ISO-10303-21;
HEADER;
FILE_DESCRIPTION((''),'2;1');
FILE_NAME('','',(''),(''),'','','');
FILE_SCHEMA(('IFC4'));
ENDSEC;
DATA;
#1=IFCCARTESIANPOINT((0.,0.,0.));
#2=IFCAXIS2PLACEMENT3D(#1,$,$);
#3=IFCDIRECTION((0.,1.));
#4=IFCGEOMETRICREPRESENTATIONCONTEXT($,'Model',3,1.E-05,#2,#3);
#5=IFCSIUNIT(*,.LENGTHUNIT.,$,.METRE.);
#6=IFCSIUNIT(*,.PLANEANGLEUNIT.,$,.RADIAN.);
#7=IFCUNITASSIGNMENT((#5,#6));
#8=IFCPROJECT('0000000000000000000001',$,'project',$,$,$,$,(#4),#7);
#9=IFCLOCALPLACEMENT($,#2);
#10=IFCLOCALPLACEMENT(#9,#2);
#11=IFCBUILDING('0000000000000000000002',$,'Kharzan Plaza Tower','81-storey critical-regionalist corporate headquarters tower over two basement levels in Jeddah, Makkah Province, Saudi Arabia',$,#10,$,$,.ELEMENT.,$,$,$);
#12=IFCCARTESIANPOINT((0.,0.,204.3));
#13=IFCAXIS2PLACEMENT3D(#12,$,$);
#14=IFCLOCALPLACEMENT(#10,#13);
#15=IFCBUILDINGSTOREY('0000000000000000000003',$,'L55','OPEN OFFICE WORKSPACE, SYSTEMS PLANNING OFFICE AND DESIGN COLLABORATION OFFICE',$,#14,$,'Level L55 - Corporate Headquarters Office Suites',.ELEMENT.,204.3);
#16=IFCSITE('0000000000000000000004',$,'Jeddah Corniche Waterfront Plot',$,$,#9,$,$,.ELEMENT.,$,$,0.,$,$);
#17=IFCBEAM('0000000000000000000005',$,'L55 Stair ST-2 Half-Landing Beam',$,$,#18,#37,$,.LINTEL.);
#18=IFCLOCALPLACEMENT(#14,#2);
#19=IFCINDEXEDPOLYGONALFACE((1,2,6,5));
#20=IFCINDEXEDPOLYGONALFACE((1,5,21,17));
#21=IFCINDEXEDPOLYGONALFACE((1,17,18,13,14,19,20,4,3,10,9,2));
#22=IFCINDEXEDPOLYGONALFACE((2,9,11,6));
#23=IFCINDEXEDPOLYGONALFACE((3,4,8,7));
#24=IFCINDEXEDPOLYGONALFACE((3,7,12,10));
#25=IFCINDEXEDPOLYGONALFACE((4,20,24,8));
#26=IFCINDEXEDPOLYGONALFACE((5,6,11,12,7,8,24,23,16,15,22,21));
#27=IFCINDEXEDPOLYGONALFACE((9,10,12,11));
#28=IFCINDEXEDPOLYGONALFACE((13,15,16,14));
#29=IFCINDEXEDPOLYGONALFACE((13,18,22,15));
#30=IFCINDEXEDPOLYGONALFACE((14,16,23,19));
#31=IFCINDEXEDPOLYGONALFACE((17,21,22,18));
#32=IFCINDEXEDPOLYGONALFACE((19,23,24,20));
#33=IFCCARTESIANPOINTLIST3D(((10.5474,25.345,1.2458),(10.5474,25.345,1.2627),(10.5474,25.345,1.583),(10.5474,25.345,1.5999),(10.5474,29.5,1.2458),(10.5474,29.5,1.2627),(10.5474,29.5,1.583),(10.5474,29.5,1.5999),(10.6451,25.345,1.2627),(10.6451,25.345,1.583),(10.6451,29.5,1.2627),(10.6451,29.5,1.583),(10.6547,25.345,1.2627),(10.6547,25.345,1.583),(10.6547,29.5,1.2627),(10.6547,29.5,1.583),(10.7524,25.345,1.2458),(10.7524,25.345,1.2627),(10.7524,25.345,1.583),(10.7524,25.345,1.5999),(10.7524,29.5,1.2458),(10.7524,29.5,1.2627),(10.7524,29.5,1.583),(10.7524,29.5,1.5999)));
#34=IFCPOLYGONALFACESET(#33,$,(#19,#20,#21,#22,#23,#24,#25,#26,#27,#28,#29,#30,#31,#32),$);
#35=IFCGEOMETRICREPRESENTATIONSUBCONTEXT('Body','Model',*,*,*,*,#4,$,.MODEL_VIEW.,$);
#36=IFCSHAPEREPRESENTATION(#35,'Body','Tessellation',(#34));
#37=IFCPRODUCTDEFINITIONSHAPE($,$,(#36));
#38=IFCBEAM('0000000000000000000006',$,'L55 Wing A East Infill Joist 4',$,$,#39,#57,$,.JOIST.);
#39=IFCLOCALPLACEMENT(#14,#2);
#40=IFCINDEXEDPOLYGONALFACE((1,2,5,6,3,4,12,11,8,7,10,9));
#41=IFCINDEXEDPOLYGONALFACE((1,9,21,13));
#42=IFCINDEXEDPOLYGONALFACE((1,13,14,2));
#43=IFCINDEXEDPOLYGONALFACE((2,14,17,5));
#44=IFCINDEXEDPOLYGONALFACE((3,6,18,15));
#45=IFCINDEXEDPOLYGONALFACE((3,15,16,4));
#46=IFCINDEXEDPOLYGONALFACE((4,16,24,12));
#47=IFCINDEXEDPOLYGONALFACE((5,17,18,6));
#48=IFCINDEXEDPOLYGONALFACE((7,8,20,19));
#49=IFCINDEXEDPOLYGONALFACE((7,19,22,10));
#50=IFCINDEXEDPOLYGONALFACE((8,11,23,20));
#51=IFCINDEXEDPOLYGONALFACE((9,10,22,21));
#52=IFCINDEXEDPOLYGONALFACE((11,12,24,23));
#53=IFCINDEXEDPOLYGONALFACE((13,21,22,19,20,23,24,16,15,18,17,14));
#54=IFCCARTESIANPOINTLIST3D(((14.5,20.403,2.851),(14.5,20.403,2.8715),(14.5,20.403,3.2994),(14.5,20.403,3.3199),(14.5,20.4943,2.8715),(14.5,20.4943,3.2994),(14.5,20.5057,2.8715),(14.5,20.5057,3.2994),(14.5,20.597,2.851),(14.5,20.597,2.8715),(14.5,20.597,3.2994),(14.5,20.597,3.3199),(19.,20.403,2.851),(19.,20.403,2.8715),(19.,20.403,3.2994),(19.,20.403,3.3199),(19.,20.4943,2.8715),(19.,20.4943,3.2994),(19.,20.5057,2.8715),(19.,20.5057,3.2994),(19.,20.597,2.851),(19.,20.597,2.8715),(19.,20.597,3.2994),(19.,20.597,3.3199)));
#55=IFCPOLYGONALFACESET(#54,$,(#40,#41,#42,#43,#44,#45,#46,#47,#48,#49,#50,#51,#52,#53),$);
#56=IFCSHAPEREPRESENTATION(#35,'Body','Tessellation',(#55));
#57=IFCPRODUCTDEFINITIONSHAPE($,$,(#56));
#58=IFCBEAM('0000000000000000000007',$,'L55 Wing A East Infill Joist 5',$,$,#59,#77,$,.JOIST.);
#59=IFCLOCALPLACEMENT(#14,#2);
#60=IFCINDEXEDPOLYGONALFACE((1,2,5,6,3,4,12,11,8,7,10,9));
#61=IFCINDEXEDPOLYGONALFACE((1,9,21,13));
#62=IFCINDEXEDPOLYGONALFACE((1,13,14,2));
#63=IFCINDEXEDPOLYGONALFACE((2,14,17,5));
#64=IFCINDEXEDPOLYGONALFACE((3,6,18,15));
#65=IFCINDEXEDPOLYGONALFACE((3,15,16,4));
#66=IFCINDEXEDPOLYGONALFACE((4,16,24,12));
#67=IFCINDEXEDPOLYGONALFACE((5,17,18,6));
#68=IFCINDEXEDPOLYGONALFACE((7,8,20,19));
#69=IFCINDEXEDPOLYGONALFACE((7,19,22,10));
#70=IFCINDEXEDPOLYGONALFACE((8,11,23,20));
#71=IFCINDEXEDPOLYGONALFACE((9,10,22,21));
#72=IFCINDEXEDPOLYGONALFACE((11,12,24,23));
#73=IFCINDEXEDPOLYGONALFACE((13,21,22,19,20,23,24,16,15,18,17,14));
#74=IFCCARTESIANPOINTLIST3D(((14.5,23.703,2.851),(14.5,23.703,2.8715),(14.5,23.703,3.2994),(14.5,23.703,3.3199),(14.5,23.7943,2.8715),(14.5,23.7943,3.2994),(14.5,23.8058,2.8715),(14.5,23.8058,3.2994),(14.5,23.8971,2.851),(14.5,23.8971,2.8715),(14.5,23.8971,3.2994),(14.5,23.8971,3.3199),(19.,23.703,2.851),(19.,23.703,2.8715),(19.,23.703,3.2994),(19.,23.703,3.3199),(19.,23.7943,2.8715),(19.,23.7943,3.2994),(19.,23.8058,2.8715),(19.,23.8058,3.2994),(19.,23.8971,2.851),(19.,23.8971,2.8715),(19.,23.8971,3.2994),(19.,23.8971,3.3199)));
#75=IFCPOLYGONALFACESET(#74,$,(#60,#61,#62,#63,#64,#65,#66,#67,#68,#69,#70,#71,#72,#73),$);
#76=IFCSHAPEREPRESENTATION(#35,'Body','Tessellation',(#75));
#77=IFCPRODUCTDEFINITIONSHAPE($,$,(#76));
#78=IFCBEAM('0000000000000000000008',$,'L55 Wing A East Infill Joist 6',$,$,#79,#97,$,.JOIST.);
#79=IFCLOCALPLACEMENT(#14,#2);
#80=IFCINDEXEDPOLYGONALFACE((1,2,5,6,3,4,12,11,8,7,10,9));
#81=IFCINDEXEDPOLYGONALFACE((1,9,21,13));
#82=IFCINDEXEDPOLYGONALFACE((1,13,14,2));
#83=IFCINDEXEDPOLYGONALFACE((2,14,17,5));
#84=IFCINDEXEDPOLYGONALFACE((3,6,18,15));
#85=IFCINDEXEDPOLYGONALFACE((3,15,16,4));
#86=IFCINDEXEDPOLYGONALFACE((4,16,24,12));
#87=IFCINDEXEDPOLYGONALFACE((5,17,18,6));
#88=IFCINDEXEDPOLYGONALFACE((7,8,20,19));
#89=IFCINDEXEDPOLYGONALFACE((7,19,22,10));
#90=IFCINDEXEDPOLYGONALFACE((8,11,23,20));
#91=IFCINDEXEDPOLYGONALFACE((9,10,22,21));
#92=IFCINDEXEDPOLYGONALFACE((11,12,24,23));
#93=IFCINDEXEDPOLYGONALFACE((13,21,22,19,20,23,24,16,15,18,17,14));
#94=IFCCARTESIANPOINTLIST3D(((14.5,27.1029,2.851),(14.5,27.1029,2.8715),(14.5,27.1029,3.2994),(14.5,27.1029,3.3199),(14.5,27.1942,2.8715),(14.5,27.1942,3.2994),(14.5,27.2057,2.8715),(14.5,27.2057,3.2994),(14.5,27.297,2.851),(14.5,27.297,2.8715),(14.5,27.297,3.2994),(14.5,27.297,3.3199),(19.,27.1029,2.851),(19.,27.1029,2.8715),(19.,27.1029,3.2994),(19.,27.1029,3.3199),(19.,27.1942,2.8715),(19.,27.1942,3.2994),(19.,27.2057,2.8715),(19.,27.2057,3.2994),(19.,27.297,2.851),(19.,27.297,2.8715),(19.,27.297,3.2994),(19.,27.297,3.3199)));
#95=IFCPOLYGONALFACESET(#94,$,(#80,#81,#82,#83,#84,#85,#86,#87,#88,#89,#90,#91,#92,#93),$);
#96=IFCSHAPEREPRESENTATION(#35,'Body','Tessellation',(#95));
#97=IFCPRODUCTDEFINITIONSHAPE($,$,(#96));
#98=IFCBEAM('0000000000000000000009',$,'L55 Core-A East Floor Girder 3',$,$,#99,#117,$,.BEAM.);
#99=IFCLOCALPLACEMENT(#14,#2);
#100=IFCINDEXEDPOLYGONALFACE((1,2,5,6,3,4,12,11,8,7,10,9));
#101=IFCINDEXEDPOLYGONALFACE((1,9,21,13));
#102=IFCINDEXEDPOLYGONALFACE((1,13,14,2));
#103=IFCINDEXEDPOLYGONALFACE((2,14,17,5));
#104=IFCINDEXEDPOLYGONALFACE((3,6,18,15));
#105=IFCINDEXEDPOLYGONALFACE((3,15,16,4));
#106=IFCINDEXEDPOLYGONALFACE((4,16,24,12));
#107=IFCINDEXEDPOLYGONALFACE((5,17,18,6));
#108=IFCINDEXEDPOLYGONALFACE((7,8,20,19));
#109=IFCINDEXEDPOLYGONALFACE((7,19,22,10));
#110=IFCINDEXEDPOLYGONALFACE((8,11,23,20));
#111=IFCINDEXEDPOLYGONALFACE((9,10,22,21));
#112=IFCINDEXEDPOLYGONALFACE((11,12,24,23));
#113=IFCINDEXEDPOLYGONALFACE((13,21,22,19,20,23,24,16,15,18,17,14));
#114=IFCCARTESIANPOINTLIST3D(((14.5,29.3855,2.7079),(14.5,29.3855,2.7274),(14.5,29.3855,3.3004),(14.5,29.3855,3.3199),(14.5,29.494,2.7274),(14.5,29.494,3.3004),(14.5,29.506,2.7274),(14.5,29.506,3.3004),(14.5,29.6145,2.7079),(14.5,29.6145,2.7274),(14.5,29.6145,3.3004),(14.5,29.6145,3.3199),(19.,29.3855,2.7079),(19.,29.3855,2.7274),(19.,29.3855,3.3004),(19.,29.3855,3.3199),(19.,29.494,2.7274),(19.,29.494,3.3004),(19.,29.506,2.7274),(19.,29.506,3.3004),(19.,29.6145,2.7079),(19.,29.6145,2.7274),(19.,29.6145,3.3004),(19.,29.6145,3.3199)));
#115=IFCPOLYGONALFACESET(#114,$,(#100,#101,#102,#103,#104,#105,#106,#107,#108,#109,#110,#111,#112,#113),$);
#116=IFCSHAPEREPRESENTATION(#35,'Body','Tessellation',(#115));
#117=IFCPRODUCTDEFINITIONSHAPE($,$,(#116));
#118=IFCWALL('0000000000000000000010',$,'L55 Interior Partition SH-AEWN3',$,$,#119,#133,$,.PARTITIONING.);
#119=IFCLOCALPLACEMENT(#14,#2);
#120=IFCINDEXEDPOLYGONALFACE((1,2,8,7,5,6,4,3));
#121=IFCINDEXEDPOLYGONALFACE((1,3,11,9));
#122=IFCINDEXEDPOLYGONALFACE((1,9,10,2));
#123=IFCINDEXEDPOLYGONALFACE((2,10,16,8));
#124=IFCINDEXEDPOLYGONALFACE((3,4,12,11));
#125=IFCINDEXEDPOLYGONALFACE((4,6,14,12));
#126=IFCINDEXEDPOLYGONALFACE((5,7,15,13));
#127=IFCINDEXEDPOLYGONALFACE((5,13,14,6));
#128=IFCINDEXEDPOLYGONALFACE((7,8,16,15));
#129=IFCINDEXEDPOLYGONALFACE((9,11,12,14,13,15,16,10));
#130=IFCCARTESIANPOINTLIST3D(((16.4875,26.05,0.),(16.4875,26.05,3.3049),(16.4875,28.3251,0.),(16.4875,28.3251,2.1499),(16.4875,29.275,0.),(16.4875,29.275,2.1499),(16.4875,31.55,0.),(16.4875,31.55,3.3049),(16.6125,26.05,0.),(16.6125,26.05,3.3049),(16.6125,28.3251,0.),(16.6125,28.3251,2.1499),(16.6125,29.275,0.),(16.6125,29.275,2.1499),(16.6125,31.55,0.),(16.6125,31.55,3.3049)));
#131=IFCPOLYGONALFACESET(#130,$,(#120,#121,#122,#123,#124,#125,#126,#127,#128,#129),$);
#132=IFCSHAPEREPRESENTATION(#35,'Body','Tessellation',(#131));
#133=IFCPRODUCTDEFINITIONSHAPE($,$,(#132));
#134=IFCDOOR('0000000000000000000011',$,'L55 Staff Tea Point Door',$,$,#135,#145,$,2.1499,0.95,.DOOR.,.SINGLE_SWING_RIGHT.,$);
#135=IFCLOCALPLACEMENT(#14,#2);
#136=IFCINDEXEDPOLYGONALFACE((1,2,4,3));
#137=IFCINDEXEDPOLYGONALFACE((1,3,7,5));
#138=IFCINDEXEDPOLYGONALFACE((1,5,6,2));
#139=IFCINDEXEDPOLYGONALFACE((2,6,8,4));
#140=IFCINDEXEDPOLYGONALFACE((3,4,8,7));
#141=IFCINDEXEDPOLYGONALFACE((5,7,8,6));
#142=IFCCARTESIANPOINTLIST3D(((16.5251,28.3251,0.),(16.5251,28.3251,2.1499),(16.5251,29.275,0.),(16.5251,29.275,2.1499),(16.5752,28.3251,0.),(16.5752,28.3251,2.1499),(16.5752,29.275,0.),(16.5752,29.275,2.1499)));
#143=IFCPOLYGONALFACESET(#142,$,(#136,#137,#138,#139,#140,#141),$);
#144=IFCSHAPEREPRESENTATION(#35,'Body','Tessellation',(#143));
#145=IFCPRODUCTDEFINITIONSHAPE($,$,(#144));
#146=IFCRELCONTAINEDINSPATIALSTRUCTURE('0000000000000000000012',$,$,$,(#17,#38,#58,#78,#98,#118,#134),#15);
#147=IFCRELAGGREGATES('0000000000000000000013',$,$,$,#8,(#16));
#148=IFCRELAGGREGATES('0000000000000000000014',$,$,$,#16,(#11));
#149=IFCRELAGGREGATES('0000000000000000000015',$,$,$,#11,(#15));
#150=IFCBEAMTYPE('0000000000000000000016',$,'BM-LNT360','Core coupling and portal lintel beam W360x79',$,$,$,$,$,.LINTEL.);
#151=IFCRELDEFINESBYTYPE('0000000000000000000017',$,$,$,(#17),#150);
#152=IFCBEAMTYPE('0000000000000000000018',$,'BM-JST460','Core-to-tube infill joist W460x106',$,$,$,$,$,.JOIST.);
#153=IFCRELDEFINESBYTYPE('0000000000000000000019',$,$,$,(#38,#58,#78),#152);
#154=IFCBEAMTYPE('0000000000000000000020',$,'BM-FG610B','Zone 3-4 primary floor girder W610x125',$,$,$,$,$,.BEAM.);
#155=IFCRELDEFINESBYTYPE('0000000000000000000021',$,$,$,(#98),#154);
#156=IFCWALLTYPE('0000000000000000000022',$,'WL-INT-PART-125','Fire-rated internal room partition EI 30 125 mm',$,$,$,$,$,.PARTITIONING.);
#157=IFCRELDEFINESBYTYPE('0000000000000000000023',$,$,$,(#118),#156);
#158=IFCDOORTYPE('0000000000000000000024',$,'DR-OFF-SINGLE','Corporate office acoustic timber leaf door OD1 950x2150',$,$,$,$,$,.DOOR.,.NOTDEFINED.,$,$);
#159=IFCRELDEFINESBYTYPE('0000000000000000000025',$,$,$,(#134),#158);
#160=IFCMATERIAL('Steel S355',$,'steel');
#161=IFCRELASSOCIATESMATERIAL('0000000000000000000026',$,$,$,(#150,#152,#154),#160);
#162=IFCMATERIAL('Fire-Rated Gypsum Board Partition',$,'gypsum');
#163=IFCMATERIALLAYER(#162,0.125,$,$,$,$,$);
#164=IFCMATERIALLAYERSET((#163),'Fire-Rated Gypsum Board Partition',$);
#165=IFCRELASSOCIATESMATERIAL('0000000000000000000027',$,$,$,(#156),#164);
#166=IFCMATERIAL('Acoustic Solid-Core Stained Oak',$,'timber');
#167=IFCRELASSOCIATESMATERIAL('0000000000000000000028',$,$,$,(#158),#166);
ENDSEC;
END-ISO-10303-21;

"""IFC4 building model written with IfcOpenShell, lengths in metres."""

from ifc_helpers import new_model, si_unit, direction, frame, frame_2d, origin, origin_2d, place, context, subcontext, project, spatial, rectangle, i_section, extrude, source, transform, mapped, material, layer, layer_set, material_profile, profile_set, type_object, element, fill, save


model = new_model("IFC4")

# Units and contexts
model_context = context("Model", 3, precision=1e-05, world=origin(), true_north=direction((0.0, 1.0)))
body_context = subcontext(model_context, "Body", "Model", "MODEL_VIEW")
ifc_project = project(units=[si_unit("LENGTHUNIT", "METRE"), si_unit("PLANEANGLEUNIT", "RADIAN")], contexts=[model_context])

# Site, building, storey
site_placement = place(None, origin())
site = spatial("IfcSite", under=ifc_project, at=site_placement, Name="Jeddah Corniche Waterfront Plot", CompositionType="ELEMENT", RefElevation=0.0)
building_placement = place(site_placement, origin())
building = spatial("IfcBuilding", under=site, at=building_placement, Name="Kharzan Plaza Tower", Description="81-storey critical-regionalist corporate headquarters tower over two basement levels in Jeddah, Makkah Province, Saudi Arabia", CompositionType="ELEMENT")
storey_placement = place(building_placement, frame((0.0, 0.0, 204.3)))
storey = spatial("IfcBuildingStorey", under=building, at=storey_placement, Name="L55", Description="OPEN OFFICE WORKSPACE, SYSTEMS PLANNING OFFICE AND DESIGN COLLABORATION OFFICE", LongName="Level L55 - Corporate Headquarters Office Suites", CompositionType="ELEMENT", Elevation=204.3)

# Beams
ifc_material_1 = material(Name="Steel S355", Category="steel")
ifc_material_profile_1 = material_profile(ifc_material_1, i_section(OverallWidth=0.2051, OverallDepth=0.354, WebThickness=0.0095, FlangeThickness=0.0168, at=origin_2d()), Name="W360x79")
ifc_profile_set_1 = profile_set([ifc_material_profile_1], Name="Steel S355")
beam_type_1 = type_object("IfcBeamType", Name="BM-LNT360", Description="Core coupling and portal lintel beam W360x79", PredefinedType="LINTEL", material=ifc_profile_set_1)
shared_shape_1 = source(origin(), body_context, "Body", "SweptSolid", [
    extrude(i_section(OverallWidth=0.2051, OverallDepth=0.354, WebThickness=0.0095, FlangeThickness=0.0168, at=origin_2d()), origin(), (0.0, 0.0, 1.0), 4.155),
])
beam_1_placement = place(storey_placement, frame((10.6499, 25.345, 1.4229), z_axis=(0.0, 1.0, 0.0), x_axis=(-1.0, 0.0, 0.0)))
element("IfcBeam", 1, at=beam_1_placement, inside=storey, type_object=beam_type_1, Name="L55 Stair ST-2 Half-Landing Beam", PredefinedType="LINTEL", context=body_context, shape_type="MappedRepresentation", body=[
    mapped(shared_shape_1, transform((0.0, 0.0, 0.0), x_axis=(1.0, 0.0, 0.0), y_axis=(0.0, 1.0, 0.0), z_axis=(0.0, 0.0, 1.0))),
])
ifc_material_profile_2 = material_profile(ifc_material_1, i_section(OverallWidth=0.1941, OverallDepth=0.469, WebThickness=0.0115, FlangeThickness=0.0205, at=origin_2d()), Name="W460x106")
ifc_profile_set_2 = profile_set([ifc_material_profile_2], Name="Steel S355")
beam_type_2 = type_object("IfcBeamType", Name="BM-JST460", Description="Core-to-tube infill joist W460x106", PredefinedType="JOIST", material=ifc_profile_set_2)
shared_shape_2 = source(origin(), body_context, "Body", "SweptSolid", [
    extrude(i_section(OverallWidth=0.1941, OverallDepth=0.469, WebThickness=0.0115, FlangeThickness=0.0205, at=origin_2d()), origin(), (0.0, 0.0, 1.0), 4.5),
])
for number, where, z_axis, x_axis, name in (
    (2, (14.5, 20.5, 3.0854), (1.0, 0.0, 0.0), (0.0, 1.0, 0.0), "L55 Wing A East Infill Joist 4"),
    (3, (14.5, 23.8, 3.0854), (1.0, 0.0, 0.0), (0.0, 1.0, 0.0), "L55 Wing A East Infill Joist 5"),
    (4, (14.5, 27.2, 3.0854), (1.0, 0.0, 0.0), (0.0, 1.0, 0.0), "L55 Wing A East Infill Joist 6"),
):
    element("IfcBeam", number, at=place(storey_placement, frame(where, z_axis=z_axis, x_axis=x_axis)), inside=storey, type_object=beam_type_2, Name=name, PredefinedType="JOIST", context=body_context, shape_type="MappedRepresentation", body=[
        mapped(shared_shape_2, transform((0.0, 0.0, 0.0), x_axis=(1.0, 0.0, 0.0), y_axis=(0.0, 1.0, 0.0), z_axis=(0.0, 0.0, 1.0))),
    ])
ifc_material_profile_3 = material_profile(ifc_material_1, i_section(OverallWidth=0.229, OverallDepth=0.6121, WebThickness=0.012, FlangeThickness=0.0195, at=origin_2d()), Name="W610x125")
ifc_profile_set_3 = profile_set([ifc_material_profile_3], Name="Steel S355")
beam_type_3 = type_object("IfcBeamType", Name="BM-FG610B", Description="Zone 3-4 primary floor girder W610x125", PredefinedType="BEAM", material=ifc_profile_set_3)
shared_shape_3 = source(origin(), body_context, "Body", "SweptSolid", [
    extrude(i_section(OverallWidth=0.229, OverallDepth=0.6121, WebThickness=0.012, FlangeThickness=0.0195, at=origin_2d()), origin(), (0.0, 0.0, 1.0), 4.5),
])
beam_2_placement = place(storey_placement, frame((14.5, 29.5, 3.0139), z_axis=(1.0, 0.0, 0.0), x_axis=(0.0, 1.0, 0.0)))
element("IfcBeam", 5, at=beam_2_placement, inside=storey, type_object=beam_type_3, Name="L55 Core-A East Floor Girder 3", PredefinedType="BEAM", context=body_context, shape_type="MappedRepresentation", body=[
    mapped(shared_shape_3, transform((0.0, 0.0, 0.0), x_axis=(1.0, 0.0, 0.0), y_axis=(0.0, 1.0, 0.0), z_axis=(0.0, 0.0, 1.0))),
])

# Wall, opening, door
ifc_material_2 = material(Name="Fire-Rated Gypsum Board Partition", Category="gypsum")
ifc_layer_1 = layer(ifc_material_2, 0.125)
ifc_layer_set_1 = layer_set([ifc_layer_1], Name="Fire-Rated Gypsum Board Partition")
wall_type_1 = type_object("IfcWallType", Name="WL-INT-PART-125", Description="Fire-rated internal room partition EI 30 125 mm", PredefinedType="PARTITIONING", material=ifc_layer_set_1)
wall_1_placement = place(storey_placement, frame((16.55, 26.05, 0.0), z_axis=(0.0, 0.0, 1.0), x_axis=(0.0, 1.0, 0.0)))
wall_1 = element("IfcWall", 6, at=wall_1_placement, inside=storey, type_object=wall_type_1, Name="L55 Interior Partition SH-AEWN3", PredefinedType="PARTITIONING", context=body_context, shape_type="SweptSolid", body=[
    extrude(rectangle(XDim=5.5, YDim=0.125, at=frame_2d((2.75, 0.0))), origin(), (0.0, 0.0, 1.0), 3.3049),
])
opening_1_placement = place(wall_1_placement, frame((2.2749, 0.0, 0.0)))
opening_1 = element("IfcOpeningElement", 7, at=opening_1_placement, cuts=wall_1, PredefinedType="OPENING", context=body_context, shape_type="SweptSolid", body=[
    extrude(rectangle(XDim=0.95, YDim=2.1499, at=frame_2d((0.4751, 1.075))), frame((0.0, 0.0725, 0.0), z_axis=(0.0, -1.0, 0.0), x_axis=(1.0, 0.0, 0.0)), (0.0, 0.0, 1.0), 0.145),
])
ifc_material_3 = material(Name="Acoustic Solid-Core Stained Oak", Category="timber")
door_type_1 = type_object("IfcDoorType", Name="DR-OFF-SINGLE", Description="Corporate office acoustic timber leaf door OD1 950x2150", OperationType="NOTDEFINED", PredefinedType="DOOR", material=ifc_material_3)
shared_shape_4 = source(origin(), body_context, "Body", "SweptSolid", [
    extrude(rectangle(XDim=0.95, YDim=2.1499, at=frame_2d((0.4751, 1.075))), frame((0.0, 0.0249, 0.0), z_axis=(0.0, -1.0, 0.0), x_axis=(1.0, 0.0, 0.0)), (0.0, 0.0, 1.0), 0.05),
])
door_1_placement = place(opening_1_placement, origin())
door_1 = element("IfcDoor", 8, at=door_1_placement, inside=storey, type_object=door_type_1, Name="L55 Staff Tea Point Door", OperationType="SINGLE_SWING_RIGHT", OverallHeight=2.1499, OverallWidth=0.95, PredefinedType="DOOR", context=body_context, shape_type="MappedRepresentation", body=[
    mapped(shared_shape_4, transform((0.0, 0.0, 0.0), x_axis=(1.0, 0.0, 0.0), y_axis=(0.0, 1.0, 0.0), z_axis=(0.0, 0.0, 1.0))),
])
fill(opening_1, door_1)

save(model, "model.ifc")
